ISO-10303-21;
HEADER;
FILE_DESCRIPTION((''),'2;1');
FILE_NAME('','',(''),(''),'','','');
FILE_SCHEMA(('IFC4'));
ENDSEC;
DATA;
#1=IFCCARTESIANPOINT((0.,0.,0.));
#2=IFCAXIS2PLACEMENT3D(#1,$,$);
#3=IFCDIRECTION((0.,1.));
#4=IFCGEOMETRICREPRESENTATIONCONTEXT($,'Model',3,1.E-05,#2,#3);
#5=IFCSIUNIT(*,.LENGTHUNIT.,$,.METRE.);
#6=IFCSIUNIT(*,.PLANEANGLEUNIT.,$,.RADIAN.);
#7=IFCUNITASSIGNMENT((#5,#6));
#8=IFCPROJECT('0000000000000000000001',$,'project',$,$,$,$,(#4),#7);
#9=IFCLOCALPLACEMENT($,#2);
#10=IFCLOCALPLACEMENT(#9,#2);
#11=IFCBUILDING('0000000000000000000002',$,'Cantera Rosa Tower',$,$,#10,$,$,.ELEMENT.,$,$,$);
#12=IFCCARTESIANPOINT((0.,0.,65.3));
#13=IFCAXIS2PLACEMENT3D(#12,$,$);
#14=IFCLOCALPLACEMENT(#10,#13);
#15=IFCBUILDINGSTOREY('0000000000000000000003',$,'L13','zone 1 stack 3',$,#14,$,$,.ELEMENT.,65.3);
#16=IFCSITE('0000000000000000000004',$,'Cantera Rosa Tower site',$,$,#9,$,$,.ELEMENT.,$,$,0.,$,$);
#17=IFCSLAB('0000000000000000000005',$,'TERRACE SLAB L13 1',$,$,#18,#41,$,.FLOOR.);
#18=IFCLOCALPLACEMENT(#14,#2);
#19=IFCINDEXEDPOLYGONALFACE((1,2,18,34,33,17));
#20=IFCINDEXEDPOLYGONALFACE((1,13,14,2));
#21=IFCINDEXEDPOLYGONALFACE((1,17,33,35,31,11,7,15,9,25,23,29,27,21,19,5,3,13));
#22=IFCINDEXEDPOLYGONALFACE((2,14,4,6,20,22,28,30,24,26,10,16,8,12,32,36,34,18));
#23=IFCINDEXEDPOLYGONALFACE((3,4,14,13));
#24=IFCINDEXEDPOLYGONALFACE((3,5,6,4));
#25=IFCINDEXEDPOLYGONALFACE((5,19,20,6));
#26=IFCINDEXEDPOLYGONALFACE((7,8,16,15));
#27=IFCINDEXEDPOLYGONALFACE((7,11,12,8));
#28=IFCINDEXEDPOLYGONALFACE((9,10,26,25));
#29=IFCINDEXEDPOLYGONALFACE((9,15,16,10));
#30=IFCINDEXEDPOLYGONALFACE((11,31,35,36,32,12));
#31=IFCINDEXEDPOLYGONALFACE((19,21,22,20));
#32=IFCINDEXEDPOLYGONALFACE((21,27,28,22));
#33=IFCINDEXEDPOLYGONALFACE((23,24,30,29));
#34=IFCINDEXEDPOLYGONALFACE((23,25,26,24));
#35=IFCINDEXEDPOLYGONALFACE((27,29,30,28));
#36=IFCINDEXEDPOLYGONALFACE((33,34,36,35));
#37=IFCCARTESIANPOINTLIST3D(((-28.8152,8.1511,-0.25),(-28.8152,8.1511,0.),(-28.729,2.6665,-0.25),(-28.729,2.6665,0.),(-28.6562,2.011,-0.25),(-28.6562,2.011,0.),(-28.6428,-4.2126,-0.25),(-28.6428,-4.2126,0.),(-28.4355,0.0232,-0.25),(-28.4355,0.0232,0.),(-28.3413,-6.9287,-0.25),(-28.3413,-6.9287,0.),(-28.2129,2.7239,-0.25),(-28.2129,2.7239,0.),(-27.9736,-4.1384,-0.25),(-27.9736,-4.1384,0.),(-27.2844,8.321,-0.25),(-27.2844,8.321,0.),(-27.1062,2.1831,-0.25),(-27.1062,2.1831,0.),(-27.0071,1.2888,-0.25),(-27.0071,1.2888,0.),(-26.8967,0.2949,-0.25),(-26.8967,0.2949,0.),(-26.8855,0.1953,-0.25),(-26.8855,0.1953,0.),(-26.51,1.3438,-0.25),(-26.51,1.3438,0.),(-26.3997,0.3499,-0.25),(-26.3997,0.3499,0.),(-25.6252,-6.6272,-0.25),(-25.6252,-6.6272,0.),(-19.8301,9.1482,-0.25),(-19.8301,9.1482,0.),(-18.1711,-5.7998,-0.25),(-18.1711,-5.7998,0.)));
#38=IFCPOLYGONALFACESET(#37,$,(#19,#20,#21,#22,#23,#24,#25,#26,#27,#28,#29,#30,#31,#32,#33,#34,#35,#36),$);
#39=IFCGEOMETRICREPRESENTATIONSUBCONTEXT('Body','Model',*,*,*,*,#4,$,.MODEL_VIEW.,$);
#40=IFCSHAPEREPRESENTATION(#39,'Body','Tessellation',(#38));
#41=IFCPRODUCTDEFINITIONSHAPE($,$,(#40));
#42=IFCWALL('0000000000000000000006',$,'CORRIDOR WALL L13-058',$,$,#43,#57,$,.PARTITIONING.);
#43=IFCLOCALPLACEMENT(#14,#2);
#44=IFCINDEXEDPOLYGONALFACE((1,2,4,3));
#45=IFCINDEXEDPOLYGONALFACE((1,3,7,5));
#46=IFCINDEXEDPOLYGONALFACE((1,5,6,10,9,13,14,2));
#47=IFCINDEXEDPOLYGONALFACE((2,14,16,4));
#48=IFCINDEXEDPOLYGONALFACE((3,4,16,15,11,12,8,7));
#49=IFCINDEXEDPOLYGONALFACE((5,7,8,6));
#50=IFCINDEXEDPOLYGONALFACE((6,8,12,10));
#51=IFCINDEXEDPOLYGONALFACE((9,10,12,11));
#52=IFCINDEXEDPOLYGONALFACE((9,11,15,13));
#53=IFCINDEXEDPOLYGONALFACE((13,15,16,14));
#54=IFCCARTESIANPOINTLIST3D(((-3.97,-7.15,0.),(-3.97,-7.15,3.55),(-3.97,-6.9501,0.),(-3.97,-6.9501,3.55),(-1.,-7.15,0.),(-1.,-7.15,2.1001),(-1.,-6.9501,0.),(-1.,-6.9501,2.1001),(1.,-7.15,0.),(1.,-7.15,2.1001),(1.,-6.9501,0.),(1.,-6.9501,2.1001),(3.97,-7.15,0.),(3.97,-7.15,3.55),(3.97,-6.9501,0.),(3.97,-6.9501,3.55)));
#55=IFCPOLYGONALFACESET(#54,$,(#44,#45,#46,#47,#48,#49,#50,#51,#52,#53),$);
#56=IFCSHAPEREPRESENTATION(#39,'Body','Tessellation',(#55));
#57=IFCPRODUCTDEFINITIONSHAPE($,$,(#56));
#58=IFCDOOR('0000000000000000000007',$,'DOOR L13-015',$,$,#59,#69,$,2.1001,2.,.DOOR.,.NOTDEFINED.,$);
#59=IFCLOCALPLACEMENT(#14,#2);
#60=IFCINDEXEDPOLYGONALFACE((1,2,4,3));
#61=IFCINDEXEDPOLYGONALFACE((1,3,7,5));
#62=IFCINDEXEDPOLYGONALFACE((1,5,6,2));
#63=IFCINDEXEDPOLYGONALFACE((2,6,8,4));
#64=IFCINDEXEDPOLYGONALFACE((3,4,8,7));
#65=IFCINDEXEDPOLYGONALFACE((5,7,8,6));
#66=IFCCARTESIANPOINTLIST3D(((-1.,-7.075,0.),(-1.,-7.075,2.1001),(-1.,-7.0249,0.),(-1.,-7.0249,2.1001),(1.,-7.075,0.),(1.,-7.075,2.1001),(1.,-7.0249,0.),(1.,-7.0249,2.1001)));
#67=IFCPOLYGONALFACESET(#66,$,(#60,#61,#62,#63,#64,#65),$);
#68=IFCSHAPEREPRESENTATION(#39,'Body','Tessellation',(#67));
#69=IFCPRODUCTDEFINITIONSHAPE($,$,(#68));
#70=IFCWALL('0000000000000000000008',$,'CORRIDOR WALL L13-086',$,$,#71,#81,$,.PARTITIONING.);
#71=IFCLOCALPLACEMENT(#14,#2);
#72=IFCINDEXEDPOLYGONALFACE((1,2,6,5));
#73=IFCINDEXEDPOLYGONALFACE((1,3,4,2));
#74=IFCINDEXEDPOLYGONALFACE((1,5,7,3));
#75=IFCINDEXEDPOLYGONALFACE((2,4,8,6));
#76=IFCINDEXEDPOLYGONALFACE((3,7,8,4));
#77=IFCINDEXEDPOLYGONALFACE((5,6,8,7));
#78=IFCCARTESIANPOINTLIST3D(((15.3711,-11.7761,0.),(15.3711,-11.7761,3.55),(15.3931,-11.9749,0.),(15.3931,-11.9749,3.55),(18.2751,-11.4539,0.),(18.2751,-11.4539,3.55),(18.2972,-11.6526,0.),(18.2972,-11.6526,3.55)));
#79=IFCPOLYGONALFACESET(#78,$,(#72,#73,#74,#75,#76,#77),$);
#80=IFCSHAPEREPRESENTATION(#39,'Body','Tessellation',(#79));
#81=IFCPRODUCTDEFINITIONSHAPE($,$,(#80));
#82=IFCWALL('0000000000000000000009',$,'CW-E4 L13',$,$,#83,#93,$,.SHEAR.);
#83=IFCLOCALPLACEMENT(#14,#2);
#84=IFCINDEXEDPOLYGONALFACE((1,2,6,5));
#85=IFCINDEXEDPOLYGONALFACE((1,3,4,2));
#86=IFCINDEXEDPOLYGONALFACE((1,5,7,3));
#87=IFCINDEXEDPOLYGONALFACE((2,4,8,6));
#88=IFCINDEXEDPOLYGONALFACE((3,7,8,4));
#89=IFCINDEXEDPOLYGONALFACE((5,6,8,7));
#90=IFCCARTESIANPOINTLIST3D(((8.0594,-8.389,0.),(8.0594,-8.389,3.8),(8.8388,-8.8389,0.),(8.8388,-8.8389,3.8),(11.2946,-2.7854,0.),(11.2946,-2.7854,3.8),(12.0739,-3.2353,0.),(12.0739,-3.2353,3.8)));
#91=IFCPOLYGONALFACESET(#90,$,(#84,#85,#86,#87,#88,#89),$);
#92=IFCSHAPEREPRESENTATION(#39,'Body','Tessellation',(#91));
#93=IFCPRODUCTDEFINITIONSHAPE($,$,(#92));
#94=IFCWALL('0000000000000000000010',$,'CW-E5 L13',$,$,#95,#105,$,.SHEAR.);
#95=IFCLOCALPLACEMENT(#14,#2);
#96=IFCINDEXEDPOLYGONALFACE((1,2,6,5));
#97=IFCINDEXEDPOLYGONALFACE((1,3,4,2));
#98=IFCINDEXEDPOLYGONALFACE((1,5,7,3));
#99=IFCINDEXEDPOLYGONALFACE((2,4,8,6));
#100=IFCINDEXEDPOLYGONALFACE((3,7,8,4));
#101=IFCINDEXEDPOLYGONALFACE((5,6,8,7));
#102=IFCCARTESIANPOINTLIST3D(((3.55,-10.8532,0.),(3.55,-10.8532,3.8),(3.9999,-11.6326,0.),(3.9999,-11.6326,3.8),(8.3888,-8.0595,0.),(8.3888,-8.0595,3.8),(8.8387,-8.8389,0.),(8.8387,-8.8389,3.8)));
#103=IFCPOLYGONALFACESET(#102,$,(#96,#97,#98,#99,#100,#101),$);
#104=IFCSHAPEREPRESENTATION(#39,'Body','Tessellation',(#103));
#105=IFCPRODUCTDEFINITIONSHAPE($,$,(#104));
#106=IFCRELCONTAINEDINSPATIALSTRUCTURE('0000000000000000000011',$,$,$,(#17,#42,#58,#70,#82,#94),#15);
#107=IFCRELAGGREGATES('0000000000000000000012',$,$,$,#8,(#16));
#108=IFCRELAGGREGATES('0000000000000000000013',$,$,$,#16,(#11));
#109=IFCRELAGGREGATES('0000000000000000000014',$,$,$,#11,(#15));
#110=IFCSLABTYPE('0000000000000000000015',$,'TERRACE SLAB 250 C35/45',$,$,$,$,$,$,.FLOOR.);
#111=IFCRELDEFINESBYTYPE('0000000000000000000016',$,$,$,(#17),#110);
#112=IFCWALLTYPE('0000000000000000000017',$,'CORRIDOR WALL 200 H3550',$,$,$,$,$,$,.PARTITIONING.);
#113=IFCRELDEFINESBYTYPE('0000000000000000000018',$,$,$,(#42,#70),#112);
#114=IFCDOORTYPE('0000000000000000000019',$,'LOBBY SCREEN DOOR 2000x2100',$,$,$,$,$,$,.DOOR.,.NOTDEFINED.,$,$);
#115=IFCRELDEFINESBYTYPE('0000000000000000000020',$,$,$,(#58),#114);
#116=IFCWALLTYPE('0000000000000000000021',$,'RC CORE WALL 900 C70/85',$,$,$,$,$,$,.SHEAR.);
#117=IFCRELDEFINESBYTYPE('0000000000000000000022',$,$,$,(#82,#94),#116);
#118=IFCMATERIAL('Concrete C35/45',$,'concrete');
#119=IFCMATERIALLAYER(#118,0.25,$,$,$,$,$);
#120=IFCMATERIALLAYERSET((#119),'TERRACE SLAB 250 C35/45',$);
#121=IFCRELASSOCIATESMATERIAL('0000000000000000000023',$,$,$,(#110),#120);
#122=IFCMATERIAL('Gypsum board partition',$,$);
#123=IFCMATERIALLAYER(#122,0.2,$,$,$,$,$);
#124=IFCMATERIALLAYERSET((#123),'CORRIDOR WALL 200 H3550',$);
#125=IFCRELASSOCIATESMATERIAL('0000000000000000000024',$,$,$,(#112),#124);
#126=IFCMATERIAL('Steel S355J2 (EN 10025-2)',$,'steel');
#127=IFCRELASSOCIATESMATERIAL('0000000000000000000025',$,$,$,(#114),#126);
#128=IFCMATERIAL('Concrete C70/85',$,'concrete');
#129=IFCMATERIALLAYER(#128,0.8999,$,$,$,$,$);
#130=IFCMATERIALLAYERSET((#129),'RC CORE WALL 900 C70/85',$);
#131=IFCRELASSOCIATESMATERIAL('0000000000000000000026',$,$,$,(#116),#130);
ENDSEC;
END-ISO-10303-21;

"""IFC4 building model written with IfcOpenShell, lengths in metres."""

from ifc_helpers import new_model, si_unit, direction, frame, frame_2d, origin, place, context, subcontext, project, spatial, polyline, rectangle, outline, extrude, material, layer, layer_set, type_object, element, fill, save


model = new_model("IFC4")

# Units and contexts
model_context = context("Model", 3, precision=1e-05, world=origin(), true_north=direction((0.0, 1.0)))
body_context = subcontext(model_context, "Body", "Model", "MODEL_VIEW")
ifc_project = project(units=[si_unit("LENGTHUNIT", "METRE"), si_unit("PLANEANGLEUNIT", "RADIAN")], contexts=[model_context])

# Site, building, storey
site_placement = place(None, origin())
site = spatial("IfcSite", under=ifc_project, at=site_placement, Name="Cantera Rosa Tower site", CompositionType="ELEMENT", RefElevation=0.0)
building_placement = place(site_placement, origin())
building = spatial("IfcBuilding", under=site, at=building_placement, Name="Cantera Rosa Tower", CompositionType="ELEMENT")
storey_placement = place(building_placement, frame((0.0, 0.0, 65.3)))
storey = spatial("IfcBuildingStorey", under=building, at=storey_placement, Name="L13", Description="zone 1 stack 3", CompositionType="ELEMENT", Elevation=65.3)

# Slab
ifc_material_1 = material(Name="Concrete C35/45", Category="concrete")
ifc_layer_1 = layer(ifc_material_1, 0.25)
ifc_layer_set_1 = layer_set([ifc_layer_1], Name="TERRACE SLAB 250 C35/45")
slab_type = type_object("IfcSlabType", Name="TERRACE SLAB 250 C35/45", PredefinedType="FLOOR", material=ifc_layer_set_1)
slab_placement = place(storey_placement, frame((0.0, 0.0, -0.25)))
element("IfcSlab", 1, at=slab_placement, inside=storey, type_object=slab_type, Name="TERRACE SLAB L13 1", PredefinedType="FLOOR", context=body_context, shape_type="SweptSolid", body=[
    extrude(outline(polyline([(-26.8967, 0.2949), (-26.3997, 0.3499), (-26.51, 1.3438), (-27.0071, 1.2888), (-27.1062, 2.1831), (-28.6562, 2.011), (-28.729, 2.6665), (-28.2129, 2.7239), (-28.8152, 8.1511), (-27.2844, 8.321), (-19.8301, 9.1482), (-18.1711, -5.7998), (-25.6252, -6.6272), (-28.3413, -6.9287), (-28.6428, -4.2126), (-27.9736, -4.1384), (-28.4355, 0.0232), (-26.8855, 0.1953), (-26.8967, 0.2949)])), origin(), (0.0, 0.0, 1.0), 0.25),
])

# Wall, opening, door
ifc_material_2 = material(Name="Gypsum board partition")
ifc_layer_2 = layer(ifc_material_2, 0.2)
ifc_layer_set_2 = layer_set([ifc_layer_2], Name="CORRIDOR WALL 200 H3550")
wall_type_1 = type_object("IfcWallType", Name="CORRIDOR WALL 200 H3550", PredefinedType="PARTITIONING", material=ifc_layer_set_2)
wall_1_placement = place(storey_placement, frame((3.97, -7.05, 0.0), z_axis=(0.0, 0.0, 1.0), x_axis=(-1.0, 0.0, 0.0)))
wall_1 = element("IfcWall", 2, at=wall_1_placement, inside=storey, type_object=wall_type_1, Name="CORRIDOR WALL L13-058", PredefinedType="PARTITIONING", context=body_context, shape_type="SweptSolid", body=[
    extrude(rectangle(XDim=7.9399, YDim=0.2, at=frame_2d((3.97, 0.0))), origin(), (0.0, 0.0, 1.0), 3.55),
])
opening_1_placement = place(wall_1_placement, frame((2.97, 0.0, 0.0)))
opening_1 = element("IfcOpeningElement", 3, at=opening_1_placement, cuts=wall_1, PredefinedType="OPENING", context=body_context, shape_type="SweptSolid", body=[
    extrude(rectangle(XDim=2.0, YDim=2.1001, at=frame_2d((1.0, 1.05))), frame((0.0, 0.1099, 0.0), z_axis=(0.0, -1.0, 0.0), x_axis=(1.0, 0.0, 0.0)), (0.0, 0.0, 1.0), 0.22),
])
ifc_material_3 = material(Name="Steel S355J2 (EN 10025-2)", Category="steel")
door_type_1 = type_object("IfcDoorType", Name="LOBBY SCREEN DOOR 2000x2100", OperationType="NOTDEFINED", PredefinedType="DOOR", material=ifc_material_3)
door_1_placement = place(opening_1_placement, origin())
door_1 = element("IfcDoor", 4, at=door_1_placement, inside=storey, type_object=door_type_1, Name="DOOR L13-015", OperationType="NOTDEFINED", OverallHeight=2.1001, OverallWidth=2.0, PredefinedType="DOOR", context=body_context, shape_type="SweptSolid", body=[
    extrude(rectangle(XDim=2.0, YDim=2.1001, at=frame_2d((1.0, 1.05))), frame((0.0, 0.0249, 0.0), z_axis=(0.0, -1.0, 0.0), x_axis=(1.0, 0.0, 0.0)), (0.0, 0.0, 1.0), 0.05),
])
fill(opening_1, door_1)

# Walls
wall_2_placement = place(storey_placement, frame((15.3821, -11.8755, 0.0), z_axis=(0.0, 0.0, 1.0), x_axis=(0.993899, 0.110294, 0.0)))
element("IfcWall", 5, at=wall_2_placement, inside=storey, type_object=wall_type_1, Name="CORRIDOR WALL L13-086", PredefinedType="PARTITIONING", context=body_context, shape_type="SweptSolid", body=[
    extrude(rectangle(XDim=2.9219, YDim=0.2, at=frame_2d((1.4609, 0.0))), origin(), (0.0, 0.0, 1.0), 3.55),
])
ifc_material_4 = material(Name="Concrete C70/85", Category="concrete")
ifc_layer_3 = layer(ifc_material_4, 0.8999)
ifc_layer_set_3 = layer_set([ifc_layer_3], Name="RC CORE WALL 900 C70/85")
wall_type_2 = type_object("IfcWallType", Name="RC CORE WALL 900 C70/85", PredefinedType="SHEAR", material=ifc_layer_set_3)
wall_3_placement = place(storey_placement, frame((11.6843, -3.0103, 0.0), z_axis=(0.0, 0.0, 1.0), x_axis=(-0.49999, -0.866031, 0.0)))
element("IfcWall", 6, at=wall_3_placement, inside=storey, type_object=wall_type_2, Name="CW-E4 L13", PredefinedType="SHEAR", context=body_context, shape_type="SweptSolid", body=[
    extrude(rectangle(XDim=6.4705, YDim=0.8999, at=frame_2d((3.2354, 0.0))), origin(), (0.0, 0.0, 1.0), 3.8),
])
wall_4_placement = place(storey_placement, frame((8.6138, -8.4492, 0.0), z_axis=(0.0, 0.0, 1.0), x_axis=(-0.866027, -0.499997, 0.0)))
element("IfcWall", 7, at=wall_4_placement, inside=storey, type_object=wall_type_2, Name="CW-E5 L13", PredefinedType="SHEAR", context=body_context, shape_type="SweptSolid", body=[
    extrude(rectangle(XDim=5.5874, YDim=0.8999, at=frame_2d((2.7937, 0.0))), origin(), (0.0, 0.0, 1.0), 3.8),
])

save(model, "model.ifc")
